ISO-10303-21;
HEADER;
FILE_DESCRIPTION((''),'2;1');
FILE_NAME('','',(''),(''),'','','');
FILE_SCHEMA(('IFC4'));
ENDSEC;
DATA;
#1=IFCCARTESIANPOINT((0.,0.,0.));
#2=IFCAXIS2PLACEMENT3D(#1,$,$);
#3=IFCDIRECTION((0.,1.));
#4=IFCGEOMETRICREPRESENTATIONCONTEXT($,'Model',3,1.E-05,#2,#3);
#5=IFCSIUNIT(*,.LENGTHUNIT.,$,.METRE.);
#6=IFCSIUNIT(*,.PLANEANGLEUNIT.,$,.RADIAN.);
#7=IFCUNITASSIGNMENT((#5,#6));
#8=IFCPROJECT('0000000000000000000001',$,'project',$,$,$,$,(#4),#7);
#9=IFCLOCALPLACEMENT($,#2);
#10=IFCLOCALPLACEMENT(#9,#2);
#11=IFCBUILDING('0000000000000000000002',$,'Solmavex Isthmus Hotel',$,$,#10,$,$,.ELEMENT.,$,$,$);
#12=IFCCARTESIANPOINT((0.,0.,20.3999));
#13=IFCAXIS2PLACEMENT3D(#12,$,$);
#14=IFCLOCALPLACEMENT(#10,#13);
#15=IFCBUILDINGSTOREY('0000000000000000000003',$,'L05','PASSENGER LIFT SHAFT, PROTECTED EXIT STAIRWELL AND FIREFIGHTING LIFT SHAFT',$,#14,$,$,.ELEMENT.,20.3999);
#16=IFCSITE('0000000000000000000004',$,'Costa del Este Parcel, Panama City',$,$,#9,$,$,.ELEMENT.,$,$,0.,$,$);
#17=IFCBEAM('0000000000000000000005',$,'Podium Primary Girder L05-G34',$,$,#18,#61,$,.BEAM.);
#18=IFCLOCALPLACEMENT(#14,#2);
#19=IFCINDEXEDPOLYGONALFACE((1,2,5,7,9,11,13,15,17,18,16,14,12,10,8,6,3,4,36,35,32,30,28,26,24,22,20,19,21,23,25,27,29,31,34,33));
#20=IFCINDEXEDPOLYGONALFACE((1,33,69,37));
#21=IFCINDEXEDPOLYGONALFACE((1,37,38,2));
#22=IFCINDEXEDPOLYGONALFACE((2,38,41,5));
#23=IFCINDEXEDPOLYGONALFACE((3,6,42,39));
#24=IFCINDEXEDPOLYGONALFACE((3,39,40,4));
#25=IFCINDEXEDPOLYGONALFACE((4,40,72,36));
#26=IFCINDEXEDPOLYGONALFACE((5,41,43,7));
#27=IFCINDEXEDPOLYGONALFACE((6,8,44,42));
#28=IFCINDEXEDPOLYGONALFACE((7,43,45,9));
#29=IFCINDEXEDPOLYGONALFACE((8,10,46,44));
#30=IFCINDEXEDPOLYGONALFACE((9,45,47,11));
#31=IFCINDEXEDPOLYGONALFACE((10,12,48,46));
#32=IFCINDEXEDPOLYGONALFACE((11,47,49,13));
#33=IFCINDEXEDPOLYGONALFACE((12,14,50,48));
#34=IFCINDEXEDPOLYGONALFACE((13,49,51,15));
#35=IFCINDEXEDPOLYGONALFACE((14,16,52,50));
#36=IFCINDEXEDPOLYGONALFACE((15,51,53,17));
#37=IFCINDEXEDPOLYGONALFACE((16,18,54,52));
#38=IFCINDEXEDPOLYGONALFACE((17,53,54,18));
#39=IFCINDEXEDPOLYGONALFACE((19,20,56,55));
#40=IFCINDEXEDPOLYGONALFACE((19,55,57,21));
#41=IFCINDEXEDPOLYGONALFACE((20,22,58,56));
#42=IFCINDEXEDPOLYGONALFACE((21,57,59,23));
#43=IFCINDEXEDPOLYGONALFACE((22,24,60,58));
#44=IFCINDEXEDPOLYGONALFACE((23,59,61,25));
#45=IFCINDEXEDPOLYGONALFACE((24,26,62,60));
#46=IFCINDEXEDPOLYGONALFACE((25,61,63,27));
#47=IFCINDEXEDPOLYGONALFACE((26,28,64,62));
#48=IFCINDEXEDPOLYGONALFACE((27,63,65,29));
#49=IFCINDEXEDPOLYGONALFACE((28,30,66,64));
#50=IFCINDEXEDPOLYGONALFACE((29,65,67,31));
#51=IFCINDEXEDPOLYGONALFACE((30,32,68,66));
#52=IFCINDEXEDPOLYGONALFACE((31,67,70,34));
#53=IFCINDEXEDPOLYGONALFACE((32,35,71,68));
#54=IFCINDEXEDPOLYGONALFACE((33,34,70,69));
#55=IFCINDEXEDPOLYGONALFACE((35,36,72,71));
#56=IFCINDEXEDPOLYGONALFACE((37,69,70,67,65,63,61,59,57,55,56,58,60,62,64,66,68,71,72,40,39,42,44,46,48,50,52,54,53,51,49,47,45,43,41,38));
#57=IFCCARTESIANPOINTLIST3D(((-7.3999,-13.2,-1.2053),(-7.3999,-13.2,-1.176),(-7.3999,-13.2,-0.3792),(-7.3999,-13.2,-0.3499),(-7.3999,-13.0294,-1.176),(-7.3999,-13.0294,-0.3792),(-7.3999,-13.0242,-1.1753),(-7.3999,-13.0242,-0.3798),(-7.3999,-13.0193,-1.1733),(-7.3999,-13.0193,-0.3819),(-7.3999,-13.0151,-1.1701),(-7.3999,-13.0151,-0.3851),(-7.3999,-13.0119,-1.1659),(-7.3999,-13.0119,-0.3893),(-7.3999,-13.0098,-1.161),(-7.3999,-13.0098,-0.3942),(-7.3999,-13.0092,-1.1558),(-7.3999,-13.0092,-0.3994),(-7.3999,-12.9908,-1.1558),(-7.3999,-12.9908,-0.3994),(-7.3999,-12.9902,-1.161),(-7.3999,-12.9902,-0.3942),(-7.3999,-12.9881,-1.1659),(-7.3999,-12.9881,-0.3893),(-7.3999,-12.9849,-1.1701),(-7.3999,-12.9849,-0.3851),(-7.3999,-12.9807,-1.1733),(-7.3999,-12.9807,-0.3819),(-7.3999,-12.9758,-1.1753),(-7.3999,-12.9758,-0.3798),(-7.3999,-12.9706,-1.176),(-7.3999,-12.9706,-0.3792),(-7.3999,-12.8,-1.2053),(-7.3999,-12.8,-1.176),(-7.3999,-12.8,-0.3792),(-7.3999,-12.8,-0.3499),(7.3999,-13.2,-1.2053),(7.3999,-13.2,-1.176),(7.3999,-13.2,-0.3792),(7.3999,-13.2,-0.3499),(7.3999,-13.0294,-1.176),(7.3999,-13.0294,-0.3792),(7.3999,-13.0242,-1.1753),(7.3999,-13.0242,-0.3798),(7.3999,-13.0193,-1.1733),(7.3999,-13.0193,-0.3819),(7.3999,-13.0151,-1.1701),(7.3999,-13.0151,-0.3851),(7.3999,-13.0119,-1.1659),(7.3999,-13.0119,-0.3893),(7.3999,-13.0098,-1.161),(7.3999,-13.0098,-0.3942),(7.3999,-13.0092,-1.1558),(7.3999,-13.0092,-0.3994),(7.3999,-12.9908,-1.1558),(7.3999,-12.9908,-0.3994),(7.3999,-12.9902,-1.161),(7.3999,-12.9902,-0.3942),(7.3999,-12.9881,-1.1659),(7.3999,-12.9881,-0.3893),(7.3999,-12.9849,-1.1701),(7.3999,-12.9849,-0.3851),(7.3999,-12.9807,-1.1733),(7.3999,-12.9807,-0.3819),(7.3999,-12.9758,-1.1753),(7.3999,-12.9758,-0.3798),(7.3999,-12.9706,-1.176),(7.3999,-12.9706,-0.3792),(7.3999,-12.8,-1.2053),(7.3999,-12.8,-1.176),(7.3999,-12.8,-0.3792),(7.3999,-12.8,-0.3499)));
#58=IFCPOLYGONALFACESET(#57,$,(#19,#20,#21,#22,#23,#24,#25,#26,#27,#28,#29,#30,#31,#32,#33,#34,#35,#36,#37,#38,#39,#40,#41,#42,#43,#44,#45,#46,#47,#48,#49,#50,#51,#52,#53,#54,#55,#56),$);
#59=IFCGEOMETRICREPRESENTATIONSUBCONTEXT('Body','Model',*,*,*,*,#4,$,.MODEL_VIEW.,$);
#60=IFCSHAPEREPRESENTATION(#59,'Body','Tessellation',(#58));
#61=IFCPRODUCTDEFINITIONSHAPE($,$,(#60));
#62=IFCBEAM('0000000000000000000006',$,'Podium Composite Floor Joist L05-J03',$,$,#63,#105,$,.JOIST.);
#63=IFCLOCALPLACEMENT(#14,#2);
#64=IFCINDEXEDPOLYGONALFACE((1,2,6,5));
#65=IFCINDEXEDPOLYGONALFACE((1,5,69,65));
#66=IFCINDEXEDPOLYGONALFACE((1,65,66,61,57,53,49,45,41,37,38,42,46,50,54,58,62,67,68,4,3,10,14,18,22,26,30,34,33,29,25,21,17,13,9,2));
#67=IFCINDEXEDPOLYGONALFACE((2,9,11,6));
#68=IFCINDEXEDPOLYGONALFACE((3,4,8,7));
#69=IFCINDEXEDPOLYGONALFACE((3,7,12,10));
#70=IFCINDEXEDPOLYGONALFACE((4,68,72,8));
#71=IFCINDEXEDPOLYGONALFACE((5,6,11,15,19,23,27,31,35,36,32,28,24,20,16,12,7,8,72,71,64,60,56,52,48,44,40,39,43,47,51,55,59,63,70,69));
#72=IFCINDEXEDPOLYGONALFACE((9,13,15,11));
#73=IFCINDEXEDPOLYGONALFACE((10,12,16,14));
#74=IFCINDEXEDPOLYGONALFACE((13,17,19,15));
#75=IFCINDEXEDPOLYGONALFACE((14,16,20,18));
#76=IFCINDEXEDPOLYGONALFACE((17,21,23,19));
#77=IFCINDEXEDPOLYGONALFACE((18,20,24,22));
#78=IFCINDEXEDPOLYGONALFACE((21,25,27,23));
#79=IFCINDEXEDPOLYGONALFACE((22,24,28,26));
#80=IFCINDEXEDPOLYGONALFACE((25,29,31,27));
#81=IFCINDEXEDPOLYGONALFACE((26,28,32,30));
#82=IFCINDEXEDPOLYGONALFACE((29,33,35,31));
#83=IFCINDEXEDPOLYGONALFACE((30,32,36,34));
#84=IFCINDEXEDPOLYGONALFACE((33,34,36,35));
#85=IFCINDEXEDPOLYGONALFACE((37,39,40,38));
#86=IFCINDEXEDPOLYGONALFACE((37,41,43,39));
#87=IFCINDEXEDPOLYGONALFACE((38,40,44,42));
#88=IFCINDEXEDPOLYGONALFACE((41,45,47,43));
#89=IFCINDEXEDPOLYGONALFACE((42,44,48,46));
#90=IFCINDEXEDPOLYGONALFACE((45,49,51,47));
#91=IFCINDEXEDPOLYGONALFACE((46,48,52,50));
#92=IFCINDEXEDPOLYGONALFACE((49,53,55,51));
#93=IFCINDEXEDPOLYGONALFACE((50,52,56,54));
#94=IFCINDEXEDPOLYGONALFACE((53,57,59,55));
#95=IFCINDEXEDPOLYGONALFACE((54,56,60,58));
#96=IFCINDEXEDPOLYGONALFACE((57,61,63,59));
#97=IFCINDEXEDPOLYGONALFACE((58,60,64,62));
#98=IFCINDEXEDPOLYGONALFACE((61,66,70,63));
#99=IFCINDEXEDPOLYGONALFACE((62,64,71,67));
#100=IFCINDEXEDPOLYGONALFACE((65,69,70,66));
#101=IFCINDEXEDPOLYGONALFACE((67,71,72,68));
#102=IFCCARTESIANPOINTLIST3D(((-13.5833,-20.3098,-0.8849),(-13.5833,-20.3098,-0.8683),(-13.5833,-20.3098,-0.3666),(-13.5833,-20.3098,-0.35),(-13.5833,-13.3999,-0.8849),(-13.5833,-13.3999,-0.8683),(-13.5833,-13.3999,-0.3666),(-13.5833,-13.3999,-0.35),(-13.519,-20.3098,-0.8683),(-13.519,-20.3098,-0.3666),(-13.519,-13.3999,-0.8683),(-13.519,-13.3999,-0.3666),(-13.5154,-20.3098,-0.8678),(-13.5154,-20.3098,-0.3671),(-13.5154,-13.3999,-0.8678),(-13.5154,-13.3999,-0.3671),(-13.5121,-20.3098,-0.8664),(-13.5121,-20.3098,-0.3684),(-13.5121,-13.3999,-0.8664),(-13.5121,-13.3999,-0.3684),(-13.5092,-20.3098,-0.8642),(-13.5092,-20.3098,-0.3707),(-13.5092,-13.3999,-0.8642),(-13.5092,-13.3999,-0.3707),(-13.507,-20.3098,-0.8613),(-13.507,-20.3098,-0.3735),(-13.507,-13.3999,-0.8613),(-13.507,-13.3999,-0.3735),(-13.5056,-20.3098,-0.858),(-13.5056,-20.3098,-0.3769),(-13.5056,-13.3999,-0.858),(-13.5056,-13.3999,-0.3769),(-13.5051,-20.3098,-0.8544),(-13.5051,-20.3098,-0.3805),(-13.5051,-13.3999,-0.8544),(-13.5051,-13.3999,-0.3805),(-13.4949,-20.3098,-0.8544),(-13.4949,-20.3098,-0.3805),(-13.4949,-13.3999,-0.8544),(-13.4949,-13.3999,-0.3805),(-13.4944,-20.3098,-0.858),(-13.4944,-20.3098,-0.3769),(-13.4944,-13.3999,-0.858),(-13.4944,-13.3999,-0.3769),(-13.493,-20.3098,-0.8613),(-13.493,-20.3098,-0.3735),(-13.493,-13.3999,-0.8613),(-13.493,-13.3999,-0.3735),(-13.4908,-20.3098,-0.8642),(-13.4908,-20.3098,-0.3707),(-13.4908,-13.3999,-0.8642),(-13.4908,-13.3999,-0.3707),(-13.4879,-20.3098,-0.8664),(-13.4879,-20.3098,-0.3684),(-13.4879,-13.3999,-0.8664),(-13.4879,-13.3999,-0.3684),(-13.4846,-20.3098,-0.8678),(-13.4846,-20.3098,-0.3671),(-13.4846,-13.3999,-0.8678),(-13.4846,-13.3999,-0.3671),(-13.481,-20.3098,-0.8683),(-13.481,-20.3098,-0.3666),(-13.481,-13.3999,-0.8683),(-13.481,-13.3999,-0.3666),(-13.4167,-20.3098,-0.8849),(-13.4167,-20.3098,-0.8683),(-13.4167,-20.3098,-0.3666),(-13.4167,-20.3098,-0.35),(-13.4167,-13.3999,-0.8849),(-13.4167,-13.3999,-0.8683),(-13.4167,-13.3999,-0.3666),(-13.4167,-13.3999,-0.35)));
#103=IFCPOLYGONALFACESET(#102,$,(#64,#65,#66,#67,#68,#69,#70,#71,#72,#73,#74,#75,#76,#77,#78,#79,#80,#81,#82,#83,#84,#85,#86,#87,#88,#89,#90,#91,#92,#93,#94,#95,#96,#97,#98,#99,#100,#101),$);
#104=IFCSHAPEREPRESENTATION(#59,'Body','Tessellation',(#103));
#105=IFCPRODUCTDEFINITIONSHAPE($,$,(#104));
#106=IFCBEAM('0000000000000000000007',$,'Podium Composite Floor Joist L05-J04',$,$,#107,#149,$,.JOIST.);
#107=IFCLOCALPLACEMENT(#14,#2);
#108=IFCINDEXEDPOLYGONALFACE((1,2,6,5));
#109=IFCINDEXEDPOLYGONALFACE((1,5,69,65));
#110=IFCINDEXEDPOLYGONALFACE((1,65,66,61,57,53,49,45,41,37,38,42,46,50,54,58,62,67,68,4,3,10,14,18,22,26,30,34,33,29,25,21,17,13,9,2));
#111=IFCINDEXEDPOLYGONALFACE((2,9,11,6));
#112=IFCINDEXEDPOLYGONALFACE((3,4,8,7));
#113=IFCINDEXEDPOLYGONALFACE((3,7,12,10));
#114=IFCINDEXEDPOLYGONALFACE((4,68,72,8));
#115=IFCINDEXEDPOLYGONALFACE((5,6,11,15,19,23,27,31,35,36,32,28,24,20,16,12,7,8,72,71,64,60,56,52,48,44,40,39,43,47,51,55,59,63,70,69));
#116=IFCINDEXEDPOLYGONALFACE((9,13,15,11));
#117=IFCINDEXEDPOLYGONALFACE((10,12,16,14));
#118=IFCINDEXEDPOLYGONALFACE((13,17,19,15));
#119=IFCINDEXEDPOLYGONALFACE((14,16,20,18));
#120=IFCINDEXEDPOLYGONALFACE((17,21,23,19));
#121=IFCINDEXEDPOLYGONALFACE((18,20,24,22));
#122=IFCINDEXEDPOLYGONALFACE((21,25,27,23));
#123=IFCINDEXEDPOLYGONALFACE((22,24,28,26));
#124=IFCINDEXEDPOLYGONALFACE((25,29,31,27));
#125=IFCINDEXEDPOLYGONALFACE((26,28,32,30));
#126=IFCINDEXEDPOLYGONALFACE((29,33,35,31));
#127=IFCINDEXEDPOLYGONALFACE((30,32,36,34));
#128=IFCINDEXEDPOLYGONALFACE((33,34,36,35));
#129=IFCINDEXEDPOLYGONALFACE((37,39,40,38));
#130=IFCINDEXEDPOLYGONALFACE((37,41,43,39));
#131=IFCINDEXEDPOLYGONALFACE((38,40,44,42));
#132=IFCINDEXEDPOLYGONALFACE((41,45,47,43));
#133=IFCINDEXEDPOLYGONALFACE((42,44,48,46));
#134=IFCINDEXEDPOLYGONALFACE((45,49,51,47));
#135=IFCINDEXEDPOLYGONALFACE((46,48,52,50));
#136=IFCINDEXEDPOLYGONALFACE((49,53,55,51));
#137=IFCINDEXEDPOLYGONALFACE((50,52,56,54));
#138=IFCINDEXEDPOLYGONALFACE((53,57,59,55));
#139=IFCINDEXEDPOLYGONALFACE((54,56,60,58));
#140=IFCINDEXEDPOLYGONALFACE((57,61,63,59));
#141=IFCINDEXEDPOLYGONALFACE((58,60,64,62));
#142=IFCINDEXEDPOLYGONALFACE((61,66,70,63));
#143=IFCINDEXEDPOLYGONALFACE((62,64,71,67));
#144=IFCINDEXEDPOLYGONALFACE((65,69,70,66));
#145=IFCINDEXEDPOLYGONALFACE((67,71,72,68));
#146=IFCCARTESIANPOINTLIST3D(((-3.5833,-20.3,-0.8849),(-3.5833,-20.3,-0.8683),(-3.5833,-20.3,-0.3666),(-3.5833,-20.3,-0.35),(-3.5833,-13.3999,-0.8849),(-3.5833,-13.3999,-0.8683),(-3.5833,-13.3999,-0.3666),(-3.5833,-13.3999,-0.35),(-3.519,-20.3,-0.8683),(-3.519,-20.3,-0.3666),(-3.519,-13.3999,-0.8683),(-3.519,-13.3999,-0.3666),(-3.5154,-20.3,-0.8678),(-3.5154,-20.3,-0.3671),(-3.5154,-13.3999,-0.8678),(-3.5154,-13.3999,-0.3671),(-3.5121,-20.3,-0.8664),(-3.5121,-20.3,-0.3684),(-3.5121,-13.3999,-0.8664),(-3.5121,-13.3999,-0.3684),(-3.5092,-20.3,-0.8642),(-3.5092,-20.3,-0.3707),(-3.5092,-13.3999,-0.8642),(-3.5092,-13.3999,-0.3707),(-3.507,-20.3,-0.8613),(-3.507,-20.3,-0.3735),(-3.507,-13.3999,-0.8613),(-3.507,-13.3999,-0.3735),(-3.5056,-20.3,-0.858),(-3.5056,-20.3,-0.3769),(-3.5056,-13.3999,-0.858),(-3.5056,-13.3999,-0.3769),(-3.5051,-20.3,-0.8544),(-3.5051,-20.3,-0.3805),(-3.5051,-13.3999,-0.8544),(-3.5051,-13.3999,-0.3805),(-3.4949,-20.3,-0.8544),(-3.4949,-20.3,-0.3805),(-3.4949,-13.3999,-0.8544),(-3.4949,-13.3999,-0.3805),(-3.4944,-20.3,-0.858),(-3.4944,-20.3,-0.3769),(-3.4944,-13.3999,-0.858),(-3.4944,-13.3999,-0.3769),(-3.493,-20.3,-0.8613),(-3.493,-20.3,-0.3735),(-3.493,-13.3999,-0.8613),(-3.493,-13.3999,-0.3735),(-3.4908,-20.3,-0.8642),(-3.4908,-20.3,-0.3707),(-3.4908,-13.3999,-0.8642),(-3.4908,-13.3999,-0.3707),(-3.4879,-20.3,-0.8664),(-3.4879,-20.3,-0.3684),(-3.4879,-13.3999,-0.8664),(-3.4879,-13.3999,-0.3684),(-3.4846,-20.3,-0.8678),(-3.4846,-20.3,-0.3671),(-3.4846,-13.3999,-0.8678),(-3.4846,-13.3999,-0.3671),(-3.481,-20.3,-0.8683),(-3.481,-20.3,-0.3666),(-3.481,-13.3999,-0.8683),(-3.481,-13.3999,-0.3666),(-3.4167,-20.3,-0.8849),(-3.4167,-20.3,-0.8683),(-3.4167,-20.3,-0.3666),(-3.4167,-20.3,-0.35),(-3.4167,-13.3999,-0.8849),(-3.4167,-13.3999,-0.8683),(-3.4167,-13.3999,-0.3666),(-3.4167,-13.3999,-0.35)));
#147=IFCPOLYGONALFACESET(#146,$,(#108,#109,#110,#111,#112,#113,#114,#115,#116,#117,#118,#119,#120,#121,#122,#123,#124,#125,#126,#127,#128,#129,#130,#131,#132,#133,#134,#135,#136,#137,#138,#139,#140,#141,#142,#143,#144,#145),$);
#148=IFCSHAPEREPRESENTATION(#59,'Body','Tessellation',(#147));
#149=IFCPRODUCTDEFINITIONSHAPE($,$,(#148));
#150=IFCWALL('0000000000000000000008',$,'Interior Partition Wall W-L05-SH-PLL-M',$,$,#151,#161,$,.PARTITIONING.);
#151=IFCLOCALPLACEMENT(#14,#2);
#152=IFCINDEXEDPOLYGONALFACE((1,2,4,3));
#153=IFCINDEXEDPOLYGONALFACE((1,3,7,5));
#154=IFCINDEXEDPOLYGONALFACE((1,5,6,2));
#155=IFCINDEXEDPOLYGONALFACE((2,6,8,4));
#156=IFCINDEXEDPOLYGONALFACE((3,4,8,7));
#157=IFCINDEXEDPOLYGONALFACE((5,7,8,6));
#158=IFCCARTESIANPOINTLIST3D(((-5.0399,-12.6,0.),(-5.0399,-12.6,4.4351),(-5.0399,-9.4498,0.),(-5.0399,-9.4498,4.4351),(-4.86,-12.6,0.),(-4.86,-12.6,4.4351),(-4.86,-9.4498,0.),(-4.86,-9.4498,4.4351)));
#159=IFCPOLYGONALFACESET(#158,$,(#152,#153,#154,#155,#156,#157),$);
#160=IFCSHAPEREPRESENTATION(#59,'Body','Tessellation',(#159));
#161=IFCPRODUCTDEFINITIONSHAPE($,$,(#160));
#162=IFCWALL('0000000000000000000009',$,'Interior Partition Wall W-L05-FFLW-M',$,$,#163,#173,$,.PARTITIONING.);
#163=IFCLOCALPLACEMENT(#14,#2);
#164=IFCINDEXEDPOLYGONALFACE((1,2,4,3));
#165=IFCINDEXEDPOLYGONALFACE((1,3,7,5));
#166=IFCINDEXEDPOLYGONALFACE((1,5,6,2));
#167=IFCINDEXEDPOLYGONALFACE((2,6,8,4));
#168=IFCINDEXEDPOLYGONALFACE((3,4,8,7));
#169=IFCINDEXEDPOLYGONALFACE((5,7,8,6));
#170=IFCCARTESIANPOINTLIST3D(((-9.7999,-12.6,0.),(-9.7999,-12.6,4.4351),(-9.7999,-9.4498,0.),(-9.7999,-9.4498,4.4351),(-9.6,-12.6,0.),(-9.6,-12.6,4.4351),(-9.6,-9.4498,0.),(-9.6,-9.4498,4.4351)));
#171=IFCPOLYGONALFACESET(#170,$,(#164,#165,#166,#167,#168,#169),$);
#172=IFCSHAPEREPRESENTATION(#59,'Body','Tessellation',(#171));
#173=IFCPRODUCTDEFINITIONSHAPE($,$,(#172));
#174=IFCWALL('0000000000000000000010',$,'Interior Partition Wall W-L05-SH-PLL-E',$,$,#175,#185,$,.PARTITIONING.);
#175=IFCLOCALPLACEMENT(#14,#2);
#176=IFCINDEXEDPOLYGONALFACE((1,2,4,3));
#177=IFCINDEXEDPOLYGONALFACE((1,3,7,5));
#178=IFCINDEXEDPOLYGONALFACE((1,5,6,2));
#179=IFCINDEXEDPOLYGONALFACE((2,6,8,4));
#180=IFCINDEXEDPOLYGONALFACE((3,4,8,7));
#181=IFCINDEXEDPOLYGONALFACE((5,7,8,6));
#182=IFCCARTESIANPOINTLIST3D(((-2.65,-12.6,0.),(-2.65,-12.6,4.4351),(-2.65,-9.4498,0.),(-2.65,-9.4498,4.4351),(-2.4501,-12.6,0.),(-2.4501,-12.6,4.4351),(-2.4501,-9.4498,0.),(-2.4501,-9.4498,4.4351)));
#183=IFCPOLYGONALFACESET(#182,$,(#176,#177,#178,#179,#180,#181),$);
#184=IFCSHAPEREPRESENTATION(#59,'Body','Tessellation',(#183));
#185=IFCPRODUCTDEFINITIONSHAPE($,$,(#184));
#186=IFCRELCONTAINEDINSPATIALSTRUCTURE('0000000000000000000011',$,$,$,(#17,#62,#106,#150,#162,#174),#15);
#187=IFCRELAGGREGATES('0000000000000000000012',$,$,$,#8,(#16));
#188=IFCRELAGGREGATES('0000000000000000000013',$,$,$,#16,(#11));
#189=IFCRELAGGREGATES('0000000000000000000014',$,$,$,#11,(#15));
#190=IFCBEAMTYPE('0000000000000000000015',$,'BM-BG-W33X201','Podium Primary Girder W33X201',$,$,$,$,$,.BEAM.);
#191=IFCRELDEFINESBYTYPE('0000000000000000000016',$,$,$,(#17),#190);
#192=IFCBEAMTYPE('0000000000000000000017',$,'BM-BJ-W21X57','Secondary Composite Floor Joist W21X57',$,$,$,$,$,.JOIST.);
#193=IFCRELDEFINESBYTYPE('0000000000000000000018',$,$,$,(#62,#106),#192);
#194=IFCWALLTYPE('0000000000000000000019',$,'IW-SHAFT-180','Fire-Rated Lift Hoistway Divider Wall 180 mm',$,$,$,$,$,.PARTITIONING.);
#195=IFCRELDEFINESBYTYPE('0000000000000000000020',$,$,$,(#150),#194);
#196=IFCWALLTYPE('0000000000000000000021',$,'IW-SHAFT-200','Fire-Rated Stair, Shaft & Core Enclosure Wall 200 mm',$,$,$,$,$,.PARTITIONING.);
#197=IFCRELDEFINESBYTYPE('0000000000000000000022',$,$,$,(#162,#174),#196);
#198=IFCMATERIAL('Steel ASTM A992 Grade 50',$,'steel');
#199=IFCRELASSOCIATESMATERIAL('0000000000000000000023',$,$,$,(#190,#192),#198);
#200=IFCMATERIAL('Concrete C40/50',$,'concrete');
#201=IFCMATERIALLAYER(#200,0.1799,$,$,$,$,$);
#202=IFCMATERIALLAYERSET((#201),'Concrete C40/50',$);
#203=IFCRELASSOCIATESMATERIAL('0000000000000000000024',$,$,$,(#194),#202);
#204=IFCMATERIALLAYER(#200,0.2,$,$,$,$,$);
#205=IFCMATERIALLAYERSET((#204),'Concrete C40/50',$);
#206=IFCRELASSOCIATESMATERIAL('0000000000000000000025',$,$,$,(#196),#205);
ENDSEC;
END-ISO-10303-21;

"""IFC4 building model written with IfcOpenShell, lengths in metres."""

from ifc_helpers import new_model, si_unit, direction, frame, frame_2d, origin, origin_2d, place, context, subcontext, project, spatial, rectangle, i_section, extrude, material, layer, layer_set, material_profile, profile_set, type_object, element, save


model = new_model("IFC4")

# Units and contexts
model_context = context("Model", 3, precision=1e-05, world=origin(), true_north=direction((0.0, 1.0)))
body_context = subcontext(model_context, "Body", "Model", "MODEL_VIEW")
ifc_project = project(units=[si_unit("LENGTHUNIT", "METRE"), si_unit("PLANEANGLEUNIT", "RADIAN")], contexts=[model_context])

# Site, building, storey
site_placement = place(None, origin())
site = spatial("IfcSite", under=ifc_project, at=site_placement, Name="Costa del Este Parcel, Panama City", CompositionType="ELEMENT", RefElevation=0.0)
building_placement = place(site_placement, origin())
building = spatial("IfcBuilding", under=site, at=building_placement, Name="Solmavex Isthmus Hotel", CompositionType="ELEMENT")
storey_placement = place(building_placement, frame((0.0, 0.0, 20.3999)))
storey = spatial("IfcBuildingStorey", under=building, at=storey_placement, Name="L05", Description="PASSENGER LIFT SHAFT, PROTECTED EXIT STAIRWELL AND FIREFIGHTING LIFT SHAFT", CompositionType="ELEMENT", Elevation=20.3999)

# Beams
ifc_material_1 = material(Name="Steel ASTM A992 Grade 50", Category="steel")
ifc_material_profile_1 = material_profile(ifc_material_1, i_section(OverallWidth=0.3999, OverallDepth=0.8555, WebThickness=0.0183, FlangeThickness=0.0293, FilletRadius=0.0203, at=origin_2d()), Name="W33X201")
ifc_profile_set_1 = profile_set([ifc_material_profile_1], Name="Steel ASTM A992 Grade 50")
beam_type_1 = type_object("IfcBeamType", Name="BM-BG-W33X201", Description="Podium Primary Girder W33X201", PredefinedType="BEAM", material=ifc_profile_set_1)
beam_1_placement = place(storey_placement, frame((-7.3999, -13.0, -0.7776), z_axis=(1.0, 0.0, 0.0), x_axis=(0.0, 1.0, 0.0)))
element("IfcBeam", 1, at=beam_1_placement, inside=storey, type_object=beam_type_1, Name="Podium Primary Girder L05-G34", PredefinedType="BEAM", context=body_context, shape_type="SweptSolid", body=[
    extrude(i_section(OverallWidth=0.3999, OverallDepth=0.8555, WebThickness=0.0183, FlangeThickness=0.0293, FilletRadius=0.0203, at=origin_2d()), origin(), (0.0, 0.0, 1.0), 14.7998),
])
ifc_material_profile_2 = material_profile(ifc_material_1, i_section(OverallWidth=0.1665, OverallDepth=0.5349, WebThickness=0.0103, FlangeThickness=0.0166, FilletRadius=0.0139, at=origin_2d()), Name="W21X57")
ifc_profile_set_2 = profile_set([ifc_material_profile_2], Name="Steel ASTM A992 Grade 50")
beam_type_2 = type_object("IfcBeamType", Name="BM-BJ-W21X57", Description="Secondary Composite Floor Joist W21X57", PredefinedType="JOIST", material=ifc_profile_set_2)
beam_2_placement = place(storey_placement, frame((-13.5, -20.3098, -0.6174), z_axis=(0.0, 1.0, 0.0), x_axis=(-1.0, 0.0, 0.0)))
element("IfcBeam", 2, at=beam_2_placement, inside=storey, type_object=beam_type_2, Name="Podium Composite Floor Joist L05-J03", PredefinedType="JOIST", context=body_context, shape_type="SweptSolid", body=[
    extrude(i_section(OverallWidth=0.1665, OverallDepth=0.5349, WebThickness=0.0103, FlangeThickness=0.0166, FilletRadius=0.0139, at=origin_2d()), origin(), (0.0, 0.0, 1.0), 6.9099),
])
beam_3_placement = place(storey_placement, frame((-3.5, -20.3, -0.6174), z_axis=(0.0, 1.0, 0.0), x_axis=(-1.0, 0.0, 0.0)))
element("IfcBeam", 3, at=beam_3_placement, inside=storey, type_object=beam_type_2, Name="Podium Composite Floor Joist L05-J04", PredefinedType="JOIST", context=body_context, shape_type="SweptSolid", body=[
    extrude(i_section(OverallWidth=0.1665, OverallDepth=0.5349, WebThickness=0.0103, FlangeThickness=0.0166, FilletRadius=0.0139, at=origin_2d()), origin(), (0.0, 0.0, 1.0), 6.9001),
])

# Walls
ifc_material_2 = material(Name="Concrete C40/50", Category="concrete")
ifc_layer_1 = layer(ifc_material_2, 0.1799)
ifc_layer_set_1 = layer_set([ifc_layer_1], Name="Concrete C40/50")
wall_type_1 = type_object("IfcWallType", Name="IW-SHAFT-180", Description="Fire-Rated Lift Hoistway Divider Wall 180 mm", PredefinedType="PARTITIONING", material=ifc_layer_set_1)
wall_1_placement = place(storey_placement, frame((-4.95, -12.6001, 0.0), z_axis=(0.0, 0.0, 1.0), x_axis=(0.0, 1.0, 0.0)))
element("IfcWall", 4, at=wall_1_placement, inside=storey, type_object=wall_type_1, Name="Interior Partition Wall W-L05-SH-PLL-M", PredefinedType="PARTITIONING", context=body_context, shape_type="SweptSolid", body=[
    extrude(rectangle(XDim=3.1501, YDim=0.1799, at=frame_2d((1.5752, 0.0))), origin(), (0.0, 0.0, 1.0), 4.4351),
])
ifc_layer_2 = layer(ifc_material_2, 0.2)
ifc_layer_set_2 = layer_set([ifc_layer_2], Name="Concrete C40/50")
wall_type_2 = type_object("IfcWallType", Name="IW-SHAFT-200", Description="Fire-Rated Stair, Shaft & Core Enclosure Wall 200 mm", PredefinedType="PARTITIONING", material=ifc_layer_set_2)
for number, where, z_axis, x_axis, name in (
    (5, (-9.7, -12.6001, 0.0), (0.0, 0.0, 1.0), (0.0, 1.0, 0.0), "Interior Partition Wall W-L05-FFLW-M"),
    (6, (-2.55, -12.6001, 0.0), (0.0, 0.0, 1.0), (0.0, 1.0, 0.0), "Interior Partition Wall W-L05-SH-PLL-E"),
):
    element("IfcWall", number, at=place(storey_placement, frame(where, z_axis=z_axis, x_axis=x_axis)), inside=storey, type_object=wall_type_2, Name=name, PredefinedType="PARTITIONING", context=body_context, shape_type="SweptSolid", body=[
        extrude(rectangle(XDim=3.1501, YDim=0.2, at=frame_2d((1.5752, 0.0))), origin(), (0.0, 0.0, 1.0), 4.4351),
    ])

save(model, "model.ifc")
